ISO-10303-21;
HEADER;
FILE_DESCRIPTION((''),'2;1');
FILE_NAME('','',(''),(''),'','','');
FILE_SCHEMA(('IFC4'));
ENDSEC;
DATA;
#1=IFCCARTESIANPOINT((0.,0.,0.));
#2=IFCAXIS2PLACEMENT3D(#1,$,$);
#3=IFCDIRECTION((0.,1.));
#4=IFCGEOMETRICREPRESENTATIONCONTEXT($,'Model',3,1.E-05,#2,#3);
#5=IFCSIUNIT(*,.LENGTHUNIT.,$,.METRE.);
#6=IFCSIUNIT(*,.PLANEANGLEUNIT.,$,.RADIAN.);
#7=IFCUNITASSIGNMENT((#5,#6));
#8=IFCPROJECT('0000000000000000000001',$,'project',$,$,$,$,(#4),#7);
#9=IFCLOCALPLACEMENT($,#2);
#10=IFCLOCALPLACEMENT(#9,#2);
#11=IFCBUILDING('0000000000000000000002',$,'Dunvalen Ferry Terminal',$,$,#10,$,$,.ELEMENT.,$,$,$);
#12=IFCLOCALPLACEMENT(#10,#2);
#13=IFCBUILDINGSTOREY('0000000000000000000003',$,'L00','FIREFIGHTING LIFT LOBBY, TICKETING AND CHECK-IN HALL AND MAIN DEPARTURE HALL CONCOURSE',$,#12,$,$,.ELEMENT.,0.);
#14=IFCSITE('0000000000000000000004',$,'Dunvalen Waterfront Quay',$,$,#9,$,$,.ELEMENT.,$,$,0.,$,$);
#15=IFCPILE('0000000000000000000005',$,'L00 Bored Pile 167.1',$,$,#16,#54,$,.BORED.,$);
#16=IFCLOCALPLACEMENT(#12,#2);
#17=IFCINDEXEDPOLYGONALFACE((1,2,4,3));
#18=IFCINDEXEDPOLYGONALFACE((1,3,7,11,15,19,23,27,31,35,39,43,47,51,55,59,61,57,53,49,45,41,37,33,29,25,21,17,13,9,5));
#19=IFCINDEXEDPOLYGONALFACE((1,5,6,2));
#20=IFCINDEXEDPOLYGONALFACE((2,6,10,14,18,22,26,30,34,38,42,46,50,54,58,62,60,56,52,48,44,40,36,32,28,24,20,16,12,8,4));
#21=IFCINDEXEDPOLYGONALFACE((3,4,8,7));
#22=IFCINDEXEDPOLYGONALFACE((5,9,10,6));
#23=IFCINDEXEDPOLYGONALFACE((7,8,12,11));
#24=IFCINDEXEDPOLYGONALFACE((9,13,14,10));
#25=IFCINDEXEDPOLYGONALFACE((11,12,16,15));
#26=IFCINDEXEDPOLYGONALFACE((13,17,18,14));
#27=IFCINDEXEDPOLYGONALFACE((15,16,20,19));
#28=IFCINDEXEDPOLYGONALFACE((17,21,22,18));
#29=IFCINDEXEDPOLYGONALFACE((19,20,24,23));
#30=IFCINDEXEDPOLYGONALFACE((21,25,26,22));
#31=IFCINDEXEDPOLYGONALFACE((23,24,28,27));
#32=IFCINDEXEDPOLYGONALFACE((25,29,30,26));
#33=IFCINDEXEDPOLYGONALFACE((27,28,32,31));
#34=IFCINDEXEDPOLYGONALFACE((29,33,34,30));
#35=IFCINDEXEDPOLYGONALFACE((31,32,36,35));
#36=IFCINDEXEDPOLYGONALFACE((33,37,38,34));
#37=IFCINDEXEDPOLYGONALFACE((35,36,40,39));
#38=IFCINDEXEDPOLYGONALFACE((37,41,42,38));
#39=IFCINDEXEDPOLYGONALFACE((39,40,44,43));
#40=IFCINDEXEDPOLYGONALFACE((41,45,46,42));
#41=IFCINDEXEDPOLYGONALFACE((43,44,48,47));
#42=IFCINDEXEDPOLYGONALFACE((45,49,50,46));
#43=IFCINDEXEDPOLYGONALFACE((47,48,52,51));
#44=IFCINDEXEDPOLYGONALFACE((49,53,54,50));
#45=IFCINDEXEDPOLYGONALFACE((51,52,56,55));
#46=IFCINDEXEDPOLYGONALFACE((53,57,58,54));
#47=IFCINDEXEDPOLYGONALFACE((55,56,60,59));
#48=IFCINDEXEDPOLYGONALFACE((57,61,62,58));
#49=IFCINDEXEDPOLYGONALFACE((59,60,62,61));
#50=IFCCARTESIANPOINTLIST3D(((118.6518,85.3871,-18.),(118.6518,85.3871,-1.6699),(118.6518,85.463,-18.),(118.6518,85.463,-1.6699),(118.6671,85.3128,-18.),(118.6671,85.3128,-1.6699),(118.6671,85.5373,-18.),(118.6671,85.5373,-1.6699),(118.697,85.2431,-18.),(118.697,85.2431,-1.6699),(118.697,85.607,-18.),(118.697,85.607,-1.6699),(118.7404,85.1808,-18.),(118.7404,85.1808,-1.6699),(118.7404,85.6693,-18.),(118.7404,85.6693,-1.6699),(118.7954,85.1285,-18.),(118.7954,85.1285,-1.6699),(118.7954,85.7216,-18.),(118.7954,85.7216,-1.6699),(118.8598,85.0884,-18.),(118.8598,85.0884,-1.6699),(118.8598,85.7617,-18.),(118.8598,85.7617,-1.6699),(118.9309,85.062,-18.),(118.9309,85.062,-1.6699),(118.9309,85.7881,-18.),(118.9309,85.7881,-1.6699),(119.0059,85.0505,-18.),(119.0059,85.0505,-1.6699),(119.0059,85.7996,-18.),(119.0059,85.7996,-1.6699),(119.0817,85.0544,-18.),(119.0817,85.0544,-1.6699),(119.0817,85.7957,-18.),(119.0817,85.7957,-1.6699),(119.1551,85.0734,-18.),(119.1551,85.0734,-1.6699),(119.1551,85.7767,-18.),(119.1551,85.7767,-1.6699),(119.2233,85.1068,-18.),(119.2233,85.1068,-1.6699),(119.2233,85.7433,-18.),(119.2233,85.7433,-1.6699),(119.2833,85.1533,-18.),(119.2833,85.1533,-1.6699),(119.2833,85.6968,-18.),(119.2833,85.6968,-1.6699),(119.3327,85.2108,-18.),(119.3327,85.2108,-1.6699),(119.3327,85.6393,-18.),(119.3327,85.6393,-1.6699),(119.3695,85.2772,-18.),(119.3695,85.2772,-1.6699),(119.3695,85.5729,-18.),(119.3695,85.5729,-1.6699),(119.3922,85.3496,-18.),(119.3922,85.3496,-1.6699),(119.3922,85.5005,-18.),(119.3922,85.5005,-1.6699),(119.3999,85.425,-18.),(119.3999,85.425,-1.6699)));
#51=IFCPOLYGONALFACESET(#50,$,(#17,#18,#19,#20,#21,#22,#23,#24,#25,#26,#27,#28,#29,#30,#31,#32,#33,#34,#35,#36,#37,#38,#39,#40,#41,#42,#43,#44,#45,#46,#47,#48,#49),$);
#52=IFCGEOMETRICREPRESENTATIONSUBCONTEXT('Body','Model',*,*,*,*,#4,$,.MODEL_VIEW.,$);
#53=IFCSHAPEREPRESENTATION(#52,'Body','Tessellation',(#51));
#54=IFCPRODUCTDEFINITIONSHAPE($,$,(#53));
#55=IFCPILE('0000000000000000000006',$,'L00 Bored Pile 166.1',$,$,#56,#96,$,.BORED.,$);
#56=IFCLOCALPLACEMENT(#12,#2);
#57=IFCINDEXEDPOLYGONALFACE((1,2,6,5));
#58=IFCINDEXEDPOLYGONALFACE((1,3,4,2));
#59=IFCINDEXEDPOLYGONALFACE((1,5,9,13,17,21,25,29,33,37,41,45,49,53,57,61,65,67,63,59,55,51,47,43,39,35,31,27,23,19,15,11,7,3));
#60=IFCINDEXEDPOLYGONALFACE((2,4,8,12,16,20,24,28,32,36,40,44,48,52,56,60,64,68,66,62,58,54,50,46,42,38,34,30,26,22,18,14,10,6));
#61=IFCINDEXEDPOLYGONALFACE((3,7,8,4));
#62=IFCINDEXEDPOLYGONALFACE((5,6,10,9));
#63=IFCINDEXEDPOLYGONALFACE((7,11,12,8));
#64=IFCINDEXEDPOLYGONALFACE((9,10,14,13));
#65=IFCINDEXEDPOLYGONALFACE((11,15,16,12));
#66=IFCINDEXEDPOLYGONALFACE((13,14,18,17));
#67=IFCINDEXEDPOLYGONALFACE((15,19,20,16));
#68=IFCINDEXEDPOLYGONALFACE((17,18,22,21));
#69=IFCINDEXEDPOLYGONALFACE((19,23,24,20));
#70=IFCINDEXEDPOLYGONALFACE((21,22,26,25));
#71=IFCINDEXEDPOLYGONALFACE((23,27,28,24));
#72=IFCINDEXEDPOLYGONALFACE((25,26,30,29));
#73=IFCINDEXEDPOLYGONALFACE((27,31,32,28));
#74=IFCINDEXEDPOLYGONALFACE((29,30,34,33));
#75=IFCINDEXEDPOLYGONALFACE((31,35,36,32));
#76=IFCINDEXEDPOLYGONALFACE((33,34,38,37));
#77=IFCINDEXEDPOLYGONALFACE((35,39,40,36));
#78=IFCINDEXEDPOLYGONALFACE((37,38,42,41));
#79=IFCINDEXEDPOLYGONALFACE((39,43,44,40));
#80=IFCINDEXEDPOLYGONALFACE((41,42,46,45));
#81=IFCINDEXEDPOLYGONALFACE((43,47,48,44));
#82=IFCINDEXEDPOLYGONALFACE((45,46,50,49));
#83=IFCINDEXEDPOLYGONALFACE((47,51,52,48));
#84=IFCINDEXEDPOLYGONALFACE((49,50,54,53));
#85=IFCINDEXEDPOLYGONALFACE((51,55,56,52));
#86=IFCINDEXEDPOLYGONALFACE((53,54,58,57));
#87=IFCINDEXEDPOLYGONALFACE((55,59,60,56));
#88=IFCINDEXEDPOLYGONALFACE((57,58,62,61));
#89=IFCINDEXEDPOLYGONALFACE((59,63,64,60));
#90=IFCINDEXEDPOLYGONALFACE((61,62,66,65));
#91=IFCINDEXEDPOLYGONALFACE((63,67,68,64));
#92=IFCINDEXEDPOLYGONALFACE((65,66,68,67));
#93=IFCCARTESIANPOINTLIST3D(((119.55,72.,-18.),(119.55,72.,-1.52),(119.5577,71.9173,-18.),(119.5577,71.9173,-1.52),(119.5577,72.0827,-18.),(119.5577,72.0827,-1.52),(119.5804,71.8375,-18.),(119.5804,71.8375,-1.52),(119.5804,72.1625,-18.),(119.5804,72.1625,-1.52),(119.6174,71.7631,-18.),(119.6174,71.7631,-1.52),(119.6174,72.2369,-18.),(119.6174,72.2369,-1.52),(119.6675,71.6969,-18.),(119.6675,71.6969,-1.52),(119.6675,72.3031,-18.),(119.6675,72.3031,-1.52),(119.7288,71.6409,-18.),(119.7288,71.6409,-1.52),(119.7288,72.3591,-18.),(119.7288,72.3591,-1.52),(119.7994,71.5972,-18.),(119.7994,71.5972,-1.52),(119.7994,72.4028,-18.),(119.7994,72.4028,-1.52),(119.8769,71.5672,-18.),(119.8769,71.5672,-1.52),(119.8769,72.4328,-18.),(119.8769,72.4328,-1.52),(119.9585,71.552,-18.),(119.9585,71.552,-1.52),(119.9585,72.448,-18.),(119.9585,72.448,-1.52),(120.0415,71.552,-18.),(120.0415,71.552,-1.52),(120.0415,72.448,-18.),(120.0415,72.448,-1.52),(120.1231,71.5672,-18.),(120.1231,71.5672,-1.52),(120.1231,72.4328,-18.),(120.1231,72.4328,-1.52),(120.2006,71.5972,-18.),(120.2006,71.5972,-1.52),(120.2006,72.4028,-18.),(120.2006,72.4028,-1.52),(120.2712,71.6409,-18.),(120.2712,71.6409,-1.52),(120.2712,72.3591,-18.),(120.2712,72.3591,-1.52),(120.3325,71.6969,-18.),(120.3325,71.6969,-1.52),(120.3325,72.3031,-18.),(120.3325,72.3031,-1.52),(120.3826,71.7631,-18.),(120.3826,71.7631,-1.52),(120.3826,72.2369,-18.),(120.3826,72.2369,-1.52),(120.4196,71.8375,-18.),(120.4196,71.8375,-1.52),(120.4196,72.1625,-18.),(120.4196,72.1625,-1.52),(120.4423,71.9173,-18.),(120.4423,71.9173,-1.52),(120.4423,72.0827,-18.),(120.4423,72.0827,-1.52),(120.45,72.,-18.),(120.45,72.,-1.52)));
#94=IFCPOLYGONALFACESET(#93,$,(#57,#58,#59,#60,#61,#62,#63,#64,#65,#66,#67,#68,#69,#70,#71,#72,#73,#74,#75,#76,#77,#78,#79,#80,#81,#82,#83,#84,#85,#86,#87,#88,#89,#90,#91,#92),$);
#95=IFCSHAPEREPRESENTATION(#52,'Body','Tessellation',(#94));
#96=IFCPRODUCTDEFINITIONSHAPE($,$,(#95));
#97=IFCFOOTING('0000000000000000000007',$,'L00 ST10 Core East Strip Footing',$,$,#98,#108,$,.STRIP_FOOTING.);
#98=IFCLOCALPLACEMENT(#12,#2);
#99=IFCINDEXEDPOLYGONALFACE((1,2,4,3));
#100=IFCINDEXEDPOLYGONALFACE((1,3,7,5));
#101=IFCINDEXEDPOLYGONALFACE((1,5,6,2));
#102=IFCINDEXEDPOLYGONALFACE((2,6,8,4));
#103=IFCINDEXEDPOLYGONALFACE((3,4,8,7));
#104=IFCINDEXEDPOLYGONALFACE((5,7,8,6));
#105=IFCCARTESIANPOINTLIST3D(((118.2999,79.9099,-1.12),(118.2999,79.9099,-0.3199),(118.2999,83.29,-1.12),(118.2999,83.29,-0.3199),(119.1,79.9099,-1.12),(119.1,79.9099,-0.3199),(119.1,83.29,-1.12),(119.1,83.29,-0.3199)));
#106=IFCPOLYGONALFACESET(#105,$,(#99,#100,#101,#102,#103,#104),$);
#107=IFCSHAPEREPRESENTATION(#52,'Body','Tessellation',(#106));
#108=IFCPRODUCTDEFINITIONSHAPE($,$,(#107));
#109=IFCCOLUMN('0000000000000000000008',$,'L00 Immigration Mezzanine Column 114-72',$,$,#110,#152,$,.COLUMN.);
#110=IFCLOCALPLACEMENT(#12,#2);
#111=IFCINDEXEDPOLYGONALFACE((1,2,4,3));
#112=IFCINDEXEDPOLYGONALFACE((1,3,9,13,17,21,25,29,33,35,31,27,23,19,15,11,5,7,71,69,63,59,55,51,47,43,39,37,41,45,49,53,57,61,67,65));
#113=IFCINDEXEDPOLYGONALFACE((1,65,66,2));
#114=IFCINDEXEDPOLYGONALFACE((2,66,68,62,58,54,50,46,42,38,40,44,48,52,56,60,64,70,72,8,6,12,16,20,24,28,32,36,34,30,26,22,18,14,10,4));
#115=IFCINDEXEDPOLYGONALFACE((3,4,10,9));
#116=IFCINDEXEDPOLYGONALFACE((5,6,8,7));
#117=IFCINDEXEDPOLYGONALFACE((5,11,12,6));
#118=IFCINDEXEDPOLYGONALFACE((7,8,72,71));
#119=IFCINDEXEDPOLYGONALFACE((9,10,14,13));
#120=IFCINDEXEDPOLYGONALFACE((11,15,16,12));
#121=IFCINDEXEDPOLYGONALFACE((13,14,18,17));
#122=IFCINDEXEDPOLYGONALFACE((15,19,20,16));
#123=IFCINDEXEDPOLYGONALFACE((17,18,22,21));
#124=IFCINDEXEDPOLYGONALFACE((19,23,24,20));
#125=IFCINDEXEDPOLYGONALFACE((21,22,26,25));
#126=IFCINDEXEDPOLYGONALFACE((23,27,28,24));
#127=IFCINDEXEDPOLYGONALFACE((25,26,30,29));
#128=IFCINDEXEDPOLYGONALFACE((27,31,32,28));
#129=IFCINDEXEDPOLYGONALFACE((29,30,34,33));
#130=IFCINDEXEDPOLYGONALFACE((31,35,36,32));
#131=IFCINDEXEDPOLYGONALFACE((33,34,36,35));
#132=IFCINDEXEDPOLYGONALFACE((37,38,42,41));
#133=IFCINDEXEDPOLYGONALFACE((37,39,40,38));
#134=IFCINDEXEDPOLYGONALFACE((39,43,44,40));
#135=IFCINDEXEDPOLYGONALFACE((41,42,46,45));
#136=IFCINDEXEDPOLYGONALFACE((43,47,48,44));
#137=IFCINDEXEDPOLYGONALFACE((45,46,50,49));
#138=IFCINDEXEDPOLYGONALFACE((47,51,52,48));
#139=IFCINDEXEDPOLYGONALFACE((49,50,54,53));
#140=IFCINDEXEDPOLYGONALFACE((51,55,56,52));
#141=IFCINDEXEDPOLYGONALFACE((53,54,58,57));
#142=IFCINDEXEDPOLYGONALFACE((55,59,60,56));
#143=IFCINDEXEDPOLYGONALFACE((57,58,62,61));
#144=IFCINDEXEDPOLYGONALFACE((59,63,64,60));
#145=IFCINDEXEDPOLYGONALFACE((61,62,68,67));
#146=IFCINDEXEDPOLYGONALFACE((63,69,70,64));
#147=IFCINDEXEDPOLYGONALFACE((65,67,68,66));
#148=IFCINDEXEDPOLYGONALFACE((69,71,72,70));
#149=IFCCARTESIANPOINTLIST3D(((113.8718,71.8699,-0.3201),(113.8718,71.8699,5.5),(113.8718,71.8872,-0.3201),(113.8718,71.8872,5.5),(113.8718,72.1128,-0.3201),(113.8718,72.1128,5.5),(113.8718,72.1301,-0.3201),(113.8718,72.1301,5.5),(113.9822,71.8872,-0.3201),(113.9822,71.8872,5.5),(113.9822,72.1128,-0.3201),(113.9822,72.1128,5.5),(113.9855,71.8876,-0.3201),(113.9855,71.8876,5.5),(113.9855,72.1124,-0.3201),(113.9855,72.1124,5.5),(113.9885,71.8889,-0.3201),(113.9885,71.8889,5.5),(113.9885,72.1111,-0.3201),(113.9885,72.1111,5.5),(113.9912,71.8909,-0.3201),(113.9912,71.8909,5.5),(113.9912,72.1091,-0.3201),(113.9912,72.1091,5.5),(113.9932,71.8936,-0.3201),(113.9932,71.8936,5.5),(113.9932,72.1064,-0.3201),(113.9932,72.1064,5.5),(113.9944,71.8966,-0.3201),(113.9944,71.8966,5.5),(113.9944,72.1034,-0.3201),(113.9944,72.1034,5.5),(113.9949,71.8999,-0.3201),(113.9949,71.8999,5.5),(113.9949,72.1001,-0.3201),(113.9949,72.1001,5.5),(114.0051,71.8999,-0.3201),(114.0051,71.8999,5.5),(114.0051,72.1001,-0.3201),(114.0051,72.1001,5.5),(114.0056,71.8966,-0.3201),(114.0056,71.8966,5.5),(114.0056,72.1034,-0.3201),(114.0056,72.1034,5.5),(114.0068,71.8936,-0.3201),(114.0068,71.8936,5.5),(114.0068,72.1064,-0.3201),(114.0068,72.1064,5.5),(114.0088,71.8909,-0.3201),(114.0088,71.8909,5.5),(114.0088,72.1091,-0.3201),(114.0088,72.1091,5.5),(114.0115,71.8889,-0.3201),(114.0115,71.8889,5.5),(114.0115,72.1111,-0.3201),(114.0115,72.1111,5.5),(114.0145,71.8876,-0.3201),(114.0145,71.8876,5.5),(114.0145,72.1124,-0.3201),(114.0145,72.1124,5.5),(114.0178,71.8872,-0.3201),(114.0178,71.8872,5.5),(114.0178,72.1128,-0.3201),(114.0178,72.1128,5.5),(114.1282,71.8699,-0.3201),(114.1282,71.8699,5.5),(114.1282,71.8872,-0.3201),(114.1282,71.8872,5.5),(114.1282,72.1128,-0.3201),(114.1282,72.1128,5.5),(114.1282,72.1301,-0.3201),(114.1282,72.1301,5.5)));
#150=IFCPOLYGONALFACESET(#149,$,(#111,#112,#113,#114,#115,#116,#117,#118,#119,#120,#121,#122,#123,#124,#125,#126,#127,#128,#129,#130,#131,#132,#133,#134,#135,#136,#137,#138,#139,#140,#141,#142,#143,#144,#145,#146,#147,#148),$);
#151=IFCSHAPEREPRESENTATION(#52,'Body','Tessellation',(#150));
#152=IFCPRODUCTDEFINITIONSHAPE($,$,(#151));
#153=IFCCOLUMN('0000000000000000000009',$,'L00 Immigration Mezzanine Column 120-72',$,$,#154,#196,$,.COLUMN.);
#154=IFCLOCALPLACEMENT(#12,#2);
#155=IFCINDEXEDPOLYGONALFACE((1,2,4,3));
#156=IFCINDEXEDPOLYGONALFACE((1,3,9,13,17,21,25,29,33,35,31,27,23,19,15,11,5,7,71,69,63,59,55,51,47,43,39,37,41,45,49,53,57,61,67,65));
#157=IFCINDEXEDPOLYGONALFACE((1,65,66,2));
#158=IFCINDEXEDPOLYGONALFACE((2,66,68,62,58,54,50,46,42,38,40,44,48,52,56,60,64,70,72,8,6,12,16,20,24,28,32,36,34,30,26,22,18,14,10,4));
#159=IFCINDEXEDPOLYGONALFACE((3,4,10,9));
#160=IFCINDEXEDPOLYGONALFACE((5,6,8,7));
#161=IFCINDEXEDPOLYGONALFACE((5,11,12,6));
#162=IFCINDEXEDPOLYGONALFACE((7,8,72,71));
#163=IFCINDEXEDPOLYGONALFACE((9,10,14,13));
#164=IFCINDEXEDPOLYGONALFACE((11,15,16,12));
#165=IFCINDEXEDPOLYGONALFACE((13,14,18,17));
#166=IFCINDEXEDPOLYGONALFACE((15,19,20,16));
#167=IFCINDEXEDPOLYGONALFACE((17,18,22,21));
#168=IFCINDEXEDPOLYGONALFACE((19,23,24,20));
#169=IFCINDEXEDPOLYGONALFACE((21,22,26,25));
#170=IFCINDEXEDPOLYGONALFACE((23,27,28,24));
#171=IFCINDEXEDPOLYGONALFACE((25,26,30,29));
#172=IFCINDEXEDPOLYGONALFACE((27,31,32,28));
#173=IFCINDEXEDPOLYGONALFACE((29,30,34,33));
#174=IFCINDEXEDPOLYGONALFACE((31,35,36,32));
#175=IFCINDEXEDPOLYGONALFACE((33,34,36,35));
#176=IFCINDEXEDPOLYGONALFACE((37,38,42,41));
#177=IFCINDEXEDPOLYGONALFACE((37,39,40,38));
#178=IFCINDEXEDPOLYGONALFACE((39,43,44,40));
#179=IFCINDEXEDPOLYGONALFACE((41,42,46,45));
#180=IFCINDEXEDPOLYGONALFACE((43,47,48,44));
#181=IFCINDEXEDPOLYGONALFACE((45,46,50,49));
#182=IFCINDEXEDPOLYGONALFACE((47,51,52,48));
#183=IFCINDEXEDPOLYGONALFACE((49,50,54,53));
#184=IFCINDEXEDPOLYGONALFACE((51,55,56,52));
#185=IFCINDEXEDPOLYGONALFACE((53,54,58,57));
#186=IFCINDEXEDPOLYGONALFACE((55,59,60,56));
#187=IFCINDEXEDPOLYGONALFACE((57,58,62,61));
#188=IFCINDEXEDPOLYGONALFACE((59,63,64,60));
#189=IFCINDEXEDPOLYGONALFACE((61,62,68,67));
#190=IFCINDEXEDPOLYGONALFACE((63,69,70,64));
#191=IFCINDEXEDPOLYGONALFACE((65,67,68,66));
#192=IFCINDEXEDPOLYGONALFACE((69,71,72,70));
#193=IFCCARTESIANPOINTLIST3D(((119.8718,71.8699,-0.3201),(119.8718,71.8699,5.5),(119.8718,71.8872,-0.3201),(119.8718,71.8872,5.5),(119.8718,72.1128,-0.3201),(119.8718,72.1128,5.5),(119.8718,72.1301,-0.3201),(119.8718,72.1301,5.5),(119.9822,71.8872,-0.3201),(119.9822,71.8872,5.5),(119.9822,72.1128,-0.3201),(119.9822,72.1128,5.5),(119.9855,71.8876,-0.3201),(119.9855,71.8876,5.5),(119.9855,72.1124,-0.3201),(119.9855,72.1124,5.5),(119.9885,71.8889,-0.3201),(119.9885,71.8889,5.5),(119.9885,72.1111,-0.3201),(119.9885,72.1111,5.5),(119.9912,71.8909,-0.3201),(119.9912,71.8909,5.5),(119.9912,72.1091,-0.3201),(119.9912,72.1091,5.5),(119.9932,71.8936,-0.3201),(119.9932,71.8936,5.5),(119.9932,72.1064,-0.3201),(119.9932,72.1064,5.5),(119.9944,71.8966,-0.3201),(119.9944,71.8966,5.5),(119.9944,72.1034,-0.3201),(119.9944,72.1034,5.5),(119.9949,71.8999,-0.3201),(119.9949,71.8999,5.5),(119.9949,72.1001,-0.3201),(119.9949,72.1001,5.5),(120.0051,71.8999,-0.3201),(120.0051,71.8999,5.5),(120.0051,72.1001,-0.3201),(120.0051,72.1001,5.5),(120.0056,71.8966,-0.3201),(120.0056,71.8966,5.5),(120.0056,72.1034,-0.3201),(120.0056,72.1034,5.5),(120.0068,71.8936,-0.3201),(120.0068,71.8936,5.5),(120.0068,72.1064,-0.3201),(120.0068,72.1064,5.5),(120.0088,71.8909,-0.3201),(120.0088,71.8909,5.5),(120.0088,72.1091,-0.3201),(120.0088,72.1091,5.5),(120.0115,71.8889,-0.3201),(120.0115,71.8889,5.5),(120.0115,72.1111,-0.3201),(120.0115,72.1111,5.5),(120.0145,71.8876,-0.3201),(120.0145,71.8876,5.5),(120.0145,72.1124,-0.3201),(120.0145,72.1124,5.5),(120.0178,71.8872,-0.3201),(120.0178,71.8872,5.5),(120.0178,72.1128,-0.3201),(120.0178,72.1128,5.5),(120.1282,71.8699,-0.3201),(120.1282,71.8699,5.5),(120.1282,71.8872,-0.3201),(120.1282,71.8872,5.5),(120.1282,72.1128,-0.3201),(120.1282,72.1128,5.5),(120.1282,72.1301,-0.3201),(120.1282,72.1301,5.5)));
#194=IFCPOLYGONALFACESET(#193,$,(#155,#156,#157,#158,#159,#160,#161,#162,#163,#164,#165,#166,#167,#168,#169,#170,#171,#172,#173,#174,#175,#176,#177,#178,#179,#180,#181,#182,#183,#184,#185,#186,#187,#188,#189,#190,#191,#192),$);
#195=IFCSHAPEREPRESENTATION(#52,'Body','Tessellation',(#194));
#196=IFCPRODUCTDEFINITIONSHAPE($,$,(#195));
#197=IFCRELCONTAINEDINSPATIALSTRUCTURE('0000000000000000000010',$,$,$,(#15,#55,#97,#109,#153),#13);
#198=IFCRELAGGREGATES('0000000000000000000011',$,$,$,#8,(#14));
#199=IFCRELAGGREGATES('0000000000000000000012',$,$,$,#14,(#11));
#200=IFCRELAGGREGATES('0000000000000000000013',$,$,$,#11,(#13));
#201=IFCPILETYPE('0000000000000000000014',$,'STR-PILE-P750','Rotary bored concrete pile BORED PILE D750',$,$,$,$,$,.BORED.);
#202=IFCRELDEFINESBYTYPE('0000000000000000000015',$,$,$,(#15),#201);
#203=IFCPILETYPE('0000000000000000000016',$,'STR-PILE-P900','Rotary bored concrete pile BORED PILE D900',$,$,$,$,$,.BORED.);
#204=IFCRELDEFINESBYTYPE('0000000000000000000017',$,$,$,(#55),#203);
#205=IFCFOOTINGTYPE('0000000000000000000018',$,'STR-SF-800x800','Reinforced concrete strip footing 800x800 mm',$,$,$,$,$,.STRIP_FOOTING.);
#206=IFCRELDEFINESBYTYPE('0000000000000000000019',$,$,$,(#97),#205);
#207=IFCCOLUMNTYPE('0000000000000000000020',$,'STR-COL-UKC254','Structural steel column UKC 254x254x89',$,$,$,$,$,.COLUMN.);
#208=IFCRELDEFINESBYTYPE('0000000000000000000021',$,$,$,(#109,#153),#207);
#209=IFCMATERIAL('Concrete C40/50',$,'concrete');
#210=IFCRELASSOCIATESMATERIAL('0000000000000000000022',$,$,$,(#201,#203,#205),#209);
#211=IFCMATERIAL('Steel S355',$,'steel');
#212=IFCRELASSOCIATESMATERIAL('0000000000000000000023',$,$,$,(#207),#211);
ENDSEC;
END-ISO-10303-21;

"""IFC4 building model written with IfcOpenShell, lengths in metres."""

from ifc_helpers import new_model, si_unit, direction, frame, origin, origin_2d, place, context, subcontext, project, spatial, rectangle, circle, i_section, extrude, material, material_profile, profile_set, type_object, element, save


model = new_model("IFC4")

# Units and contexts
model_context = context("Model", 3, precision=1e-05, world=origin(), true_north=direction((0.0, 1.0)))
body_context = subcontext(model_context, "Body", "Model", "MODEL_VIEW")
ifc_project = project(units=[si_unit("LENGTHUNIT", "METRE"), si_unit("PLANEANGLEUNIT", "RADIAN")], contexts=[model_context])

# Site, building, storey
site_placement = place(None, origin())
site = spatial("IfcSite", under=ifc_project, at=site_placement, Name="Dunvalen Waterfront Quay", CompositionType="ELEMENT", RefElevation=0.0)
building_placement = place(site_placement, origin())
building = spatial("IfcBuilding", under=site, at=building_placement, Name="Dunvalen Ferry Terminal", CompositionType="ELEMENT")
storey_placement = place(building_placement, origin())
storey = spatial("IfcBuildingStorey", under=building, at=storey_placement, Name="L00", Description="FIREFIGHTING LIFT LOBBY, TICKETING AND CHECK-IN HALL AND MAIN DEPARTURE HALL CONCOURSE", CompositionType="ELEMENT", Elevation=0.0)

# Shared definitions
ifc_material_1 = material(Name="Concrete C40/50", Category="concrete")

# Piles
ifc_material_profile_1 = material_profile(ifc_material_1, circle(Radius=0.375, at=origin_2d()), Name="Concrete C40/50")
ifc_profile_set_1 = profile_set([ifc_material_profile_1], Name="Concrete C40/50")
pile_type_1 = type_object("IfcPileType", Name="STR-PILE-P750", Description="Rotary bored concrete pile BORED PILE D750", PredefinedType="BORED", material=ifc_profile_set_1)
pile_1_placement = place(storey_placement, frame((119.0249, 85.425, -1.6699), z_axis=(0.0, 0.0, -1.0), x_axis=(1.0, 0.0, 0.0)))
element("IfcPile", 1, at=pile_1_placement, inside=storey, type_object=pile_type_1, Name="L00 Bored Pile 167.1", PredefinedType="BORED", context=body_context, shape_type="SweptSolid", body=[
    extrude(circle(Radius=0.375, at=origin_2d()), origin(), (0.0, 0.0, 1.0), 16.3301),
])
ifc_material_profile_2 = material_profile(ifc_material_1, circle(Radius=0.45, at=origin_2d()), Name="Concrete C40/50")
ifc_profile_set_2 = profile_set([ifc_material_profile_2], Name="Concrete C40/50")
pile_type_2 = type_object("IfcPileType", Name="STR-PILE-P900", Description="Rotary bored concrete pile BORED PILE D900", PredefinedType="BORED", material=ifc_profile_set_2)
pile_2_placement = place(storey_placement, frame((120.0, 72.0, -1.52), z_axis=(0.0, 0.0, -1.0), x_axis=(1.0, 0.0, 0.0)))
element("IfcPile", 2, at=pile_2_placement, inside=storey, type_object=pile_type_2, Name="L00 Bored Pile 166.1", PredefinedType="BORED", context=body_context, shape_type="SweptSolid", body=[
    extrude(circle(Radius=0.45, at=origin_2d()), origin(), (0.0, 0.0, 1.0), 16.48),
])

# Footing
ifc_material_profile_3 = material_profile(ifc_material_1, rectangle(XDim=0.8, YDim=0.8, at=origin_2d()), Name="Concrete C40/50")
ifc_profile_set_3 = profile_set([ifc_material_profile_3], Name="Concrete C40/50")
footing_type_1 = type_object("IfcFootingType", Name="STR-SF-800x800", Description="Reinforced concrete strip footing 800x800 mm", PredefinedType="STRIP_FOOTING", material=ifc_profile_set_3)
footing_1_placement = place(storey_placement, frame((118.7, 79.9099, -0.72), z_axis=(0.0, 1.0, 0.0), x_axis=(-1.0, 0.0, 0.0)))
element("IfcFooting", 3, at=footing_1_placement, inside=storey, type_object=footing_type_1, Name="L00 ST10 Core East Strip Footing", PredefinedType="STRIP_FOOTING", context=body_context, shape_type="SweptSolid", body=[
    extrude(rectangle(XDim=0.8, YDim=0.8, at=origin_2d()), origin(), (0.0, 0.0, 1.0), 3.3801),
])

# Columns
ifc_material_2 = material(Name="Steel S355", Category="steel")
ifc_material_profile_4 = material_profile(ifc_material_2, i_section(OverallWidth=0.2563, OverallDepth=0.2603, WebThickness=0.0103, FlangeThickness=0.0173, FilletRadius=0.0127, at=origin_2d()), Name="Steel S355")
ifc_profile_set_4 = profile_set([ifc_material_profile_4], Name="Steel S355")
column_type = type_object("IfcColumnType", Name="STR-COL-UKC254", Description="Structural steel column UKC 254x254x89", PredefinedType="COLUMN", material=ifc_profile_set_4)
for number, where, z_axis, x_axis, name in (
    (4, (114.0, 72.0, -0.3201), (0.0, 0.0, 1.0), (1.0, 0.0, 0.0), "L00 Immigration Mezzanine Column 114-72"),
    (5, (120.0, 72.0, -0.3201), (0.0, 0.0, 1.0), (1.0, 0.0, 0.0), "L00 Immigration Mezzanine Column 120-72"),
):
    element("IfcColumn", number, at=place(storey_placement, frame(where, z_axis=z_axis, x_axis=x_axis)), inside=storey, type_object=column_type, Name=name, PredefinedType="COLUMN", context=body_context, shape_type="SweptSolid", body=[
        extrude(i_section(OverallWidth=0.2563, OverallDepth=0.2603, WebThickness=0.0103, FlangeThickness=0.0173, FilletRadius=0.0127, at=origin_2d()), origin(), (0.0, 0.0, 1.0), 5.8201),
    ])

save(model, "model.ifc")
